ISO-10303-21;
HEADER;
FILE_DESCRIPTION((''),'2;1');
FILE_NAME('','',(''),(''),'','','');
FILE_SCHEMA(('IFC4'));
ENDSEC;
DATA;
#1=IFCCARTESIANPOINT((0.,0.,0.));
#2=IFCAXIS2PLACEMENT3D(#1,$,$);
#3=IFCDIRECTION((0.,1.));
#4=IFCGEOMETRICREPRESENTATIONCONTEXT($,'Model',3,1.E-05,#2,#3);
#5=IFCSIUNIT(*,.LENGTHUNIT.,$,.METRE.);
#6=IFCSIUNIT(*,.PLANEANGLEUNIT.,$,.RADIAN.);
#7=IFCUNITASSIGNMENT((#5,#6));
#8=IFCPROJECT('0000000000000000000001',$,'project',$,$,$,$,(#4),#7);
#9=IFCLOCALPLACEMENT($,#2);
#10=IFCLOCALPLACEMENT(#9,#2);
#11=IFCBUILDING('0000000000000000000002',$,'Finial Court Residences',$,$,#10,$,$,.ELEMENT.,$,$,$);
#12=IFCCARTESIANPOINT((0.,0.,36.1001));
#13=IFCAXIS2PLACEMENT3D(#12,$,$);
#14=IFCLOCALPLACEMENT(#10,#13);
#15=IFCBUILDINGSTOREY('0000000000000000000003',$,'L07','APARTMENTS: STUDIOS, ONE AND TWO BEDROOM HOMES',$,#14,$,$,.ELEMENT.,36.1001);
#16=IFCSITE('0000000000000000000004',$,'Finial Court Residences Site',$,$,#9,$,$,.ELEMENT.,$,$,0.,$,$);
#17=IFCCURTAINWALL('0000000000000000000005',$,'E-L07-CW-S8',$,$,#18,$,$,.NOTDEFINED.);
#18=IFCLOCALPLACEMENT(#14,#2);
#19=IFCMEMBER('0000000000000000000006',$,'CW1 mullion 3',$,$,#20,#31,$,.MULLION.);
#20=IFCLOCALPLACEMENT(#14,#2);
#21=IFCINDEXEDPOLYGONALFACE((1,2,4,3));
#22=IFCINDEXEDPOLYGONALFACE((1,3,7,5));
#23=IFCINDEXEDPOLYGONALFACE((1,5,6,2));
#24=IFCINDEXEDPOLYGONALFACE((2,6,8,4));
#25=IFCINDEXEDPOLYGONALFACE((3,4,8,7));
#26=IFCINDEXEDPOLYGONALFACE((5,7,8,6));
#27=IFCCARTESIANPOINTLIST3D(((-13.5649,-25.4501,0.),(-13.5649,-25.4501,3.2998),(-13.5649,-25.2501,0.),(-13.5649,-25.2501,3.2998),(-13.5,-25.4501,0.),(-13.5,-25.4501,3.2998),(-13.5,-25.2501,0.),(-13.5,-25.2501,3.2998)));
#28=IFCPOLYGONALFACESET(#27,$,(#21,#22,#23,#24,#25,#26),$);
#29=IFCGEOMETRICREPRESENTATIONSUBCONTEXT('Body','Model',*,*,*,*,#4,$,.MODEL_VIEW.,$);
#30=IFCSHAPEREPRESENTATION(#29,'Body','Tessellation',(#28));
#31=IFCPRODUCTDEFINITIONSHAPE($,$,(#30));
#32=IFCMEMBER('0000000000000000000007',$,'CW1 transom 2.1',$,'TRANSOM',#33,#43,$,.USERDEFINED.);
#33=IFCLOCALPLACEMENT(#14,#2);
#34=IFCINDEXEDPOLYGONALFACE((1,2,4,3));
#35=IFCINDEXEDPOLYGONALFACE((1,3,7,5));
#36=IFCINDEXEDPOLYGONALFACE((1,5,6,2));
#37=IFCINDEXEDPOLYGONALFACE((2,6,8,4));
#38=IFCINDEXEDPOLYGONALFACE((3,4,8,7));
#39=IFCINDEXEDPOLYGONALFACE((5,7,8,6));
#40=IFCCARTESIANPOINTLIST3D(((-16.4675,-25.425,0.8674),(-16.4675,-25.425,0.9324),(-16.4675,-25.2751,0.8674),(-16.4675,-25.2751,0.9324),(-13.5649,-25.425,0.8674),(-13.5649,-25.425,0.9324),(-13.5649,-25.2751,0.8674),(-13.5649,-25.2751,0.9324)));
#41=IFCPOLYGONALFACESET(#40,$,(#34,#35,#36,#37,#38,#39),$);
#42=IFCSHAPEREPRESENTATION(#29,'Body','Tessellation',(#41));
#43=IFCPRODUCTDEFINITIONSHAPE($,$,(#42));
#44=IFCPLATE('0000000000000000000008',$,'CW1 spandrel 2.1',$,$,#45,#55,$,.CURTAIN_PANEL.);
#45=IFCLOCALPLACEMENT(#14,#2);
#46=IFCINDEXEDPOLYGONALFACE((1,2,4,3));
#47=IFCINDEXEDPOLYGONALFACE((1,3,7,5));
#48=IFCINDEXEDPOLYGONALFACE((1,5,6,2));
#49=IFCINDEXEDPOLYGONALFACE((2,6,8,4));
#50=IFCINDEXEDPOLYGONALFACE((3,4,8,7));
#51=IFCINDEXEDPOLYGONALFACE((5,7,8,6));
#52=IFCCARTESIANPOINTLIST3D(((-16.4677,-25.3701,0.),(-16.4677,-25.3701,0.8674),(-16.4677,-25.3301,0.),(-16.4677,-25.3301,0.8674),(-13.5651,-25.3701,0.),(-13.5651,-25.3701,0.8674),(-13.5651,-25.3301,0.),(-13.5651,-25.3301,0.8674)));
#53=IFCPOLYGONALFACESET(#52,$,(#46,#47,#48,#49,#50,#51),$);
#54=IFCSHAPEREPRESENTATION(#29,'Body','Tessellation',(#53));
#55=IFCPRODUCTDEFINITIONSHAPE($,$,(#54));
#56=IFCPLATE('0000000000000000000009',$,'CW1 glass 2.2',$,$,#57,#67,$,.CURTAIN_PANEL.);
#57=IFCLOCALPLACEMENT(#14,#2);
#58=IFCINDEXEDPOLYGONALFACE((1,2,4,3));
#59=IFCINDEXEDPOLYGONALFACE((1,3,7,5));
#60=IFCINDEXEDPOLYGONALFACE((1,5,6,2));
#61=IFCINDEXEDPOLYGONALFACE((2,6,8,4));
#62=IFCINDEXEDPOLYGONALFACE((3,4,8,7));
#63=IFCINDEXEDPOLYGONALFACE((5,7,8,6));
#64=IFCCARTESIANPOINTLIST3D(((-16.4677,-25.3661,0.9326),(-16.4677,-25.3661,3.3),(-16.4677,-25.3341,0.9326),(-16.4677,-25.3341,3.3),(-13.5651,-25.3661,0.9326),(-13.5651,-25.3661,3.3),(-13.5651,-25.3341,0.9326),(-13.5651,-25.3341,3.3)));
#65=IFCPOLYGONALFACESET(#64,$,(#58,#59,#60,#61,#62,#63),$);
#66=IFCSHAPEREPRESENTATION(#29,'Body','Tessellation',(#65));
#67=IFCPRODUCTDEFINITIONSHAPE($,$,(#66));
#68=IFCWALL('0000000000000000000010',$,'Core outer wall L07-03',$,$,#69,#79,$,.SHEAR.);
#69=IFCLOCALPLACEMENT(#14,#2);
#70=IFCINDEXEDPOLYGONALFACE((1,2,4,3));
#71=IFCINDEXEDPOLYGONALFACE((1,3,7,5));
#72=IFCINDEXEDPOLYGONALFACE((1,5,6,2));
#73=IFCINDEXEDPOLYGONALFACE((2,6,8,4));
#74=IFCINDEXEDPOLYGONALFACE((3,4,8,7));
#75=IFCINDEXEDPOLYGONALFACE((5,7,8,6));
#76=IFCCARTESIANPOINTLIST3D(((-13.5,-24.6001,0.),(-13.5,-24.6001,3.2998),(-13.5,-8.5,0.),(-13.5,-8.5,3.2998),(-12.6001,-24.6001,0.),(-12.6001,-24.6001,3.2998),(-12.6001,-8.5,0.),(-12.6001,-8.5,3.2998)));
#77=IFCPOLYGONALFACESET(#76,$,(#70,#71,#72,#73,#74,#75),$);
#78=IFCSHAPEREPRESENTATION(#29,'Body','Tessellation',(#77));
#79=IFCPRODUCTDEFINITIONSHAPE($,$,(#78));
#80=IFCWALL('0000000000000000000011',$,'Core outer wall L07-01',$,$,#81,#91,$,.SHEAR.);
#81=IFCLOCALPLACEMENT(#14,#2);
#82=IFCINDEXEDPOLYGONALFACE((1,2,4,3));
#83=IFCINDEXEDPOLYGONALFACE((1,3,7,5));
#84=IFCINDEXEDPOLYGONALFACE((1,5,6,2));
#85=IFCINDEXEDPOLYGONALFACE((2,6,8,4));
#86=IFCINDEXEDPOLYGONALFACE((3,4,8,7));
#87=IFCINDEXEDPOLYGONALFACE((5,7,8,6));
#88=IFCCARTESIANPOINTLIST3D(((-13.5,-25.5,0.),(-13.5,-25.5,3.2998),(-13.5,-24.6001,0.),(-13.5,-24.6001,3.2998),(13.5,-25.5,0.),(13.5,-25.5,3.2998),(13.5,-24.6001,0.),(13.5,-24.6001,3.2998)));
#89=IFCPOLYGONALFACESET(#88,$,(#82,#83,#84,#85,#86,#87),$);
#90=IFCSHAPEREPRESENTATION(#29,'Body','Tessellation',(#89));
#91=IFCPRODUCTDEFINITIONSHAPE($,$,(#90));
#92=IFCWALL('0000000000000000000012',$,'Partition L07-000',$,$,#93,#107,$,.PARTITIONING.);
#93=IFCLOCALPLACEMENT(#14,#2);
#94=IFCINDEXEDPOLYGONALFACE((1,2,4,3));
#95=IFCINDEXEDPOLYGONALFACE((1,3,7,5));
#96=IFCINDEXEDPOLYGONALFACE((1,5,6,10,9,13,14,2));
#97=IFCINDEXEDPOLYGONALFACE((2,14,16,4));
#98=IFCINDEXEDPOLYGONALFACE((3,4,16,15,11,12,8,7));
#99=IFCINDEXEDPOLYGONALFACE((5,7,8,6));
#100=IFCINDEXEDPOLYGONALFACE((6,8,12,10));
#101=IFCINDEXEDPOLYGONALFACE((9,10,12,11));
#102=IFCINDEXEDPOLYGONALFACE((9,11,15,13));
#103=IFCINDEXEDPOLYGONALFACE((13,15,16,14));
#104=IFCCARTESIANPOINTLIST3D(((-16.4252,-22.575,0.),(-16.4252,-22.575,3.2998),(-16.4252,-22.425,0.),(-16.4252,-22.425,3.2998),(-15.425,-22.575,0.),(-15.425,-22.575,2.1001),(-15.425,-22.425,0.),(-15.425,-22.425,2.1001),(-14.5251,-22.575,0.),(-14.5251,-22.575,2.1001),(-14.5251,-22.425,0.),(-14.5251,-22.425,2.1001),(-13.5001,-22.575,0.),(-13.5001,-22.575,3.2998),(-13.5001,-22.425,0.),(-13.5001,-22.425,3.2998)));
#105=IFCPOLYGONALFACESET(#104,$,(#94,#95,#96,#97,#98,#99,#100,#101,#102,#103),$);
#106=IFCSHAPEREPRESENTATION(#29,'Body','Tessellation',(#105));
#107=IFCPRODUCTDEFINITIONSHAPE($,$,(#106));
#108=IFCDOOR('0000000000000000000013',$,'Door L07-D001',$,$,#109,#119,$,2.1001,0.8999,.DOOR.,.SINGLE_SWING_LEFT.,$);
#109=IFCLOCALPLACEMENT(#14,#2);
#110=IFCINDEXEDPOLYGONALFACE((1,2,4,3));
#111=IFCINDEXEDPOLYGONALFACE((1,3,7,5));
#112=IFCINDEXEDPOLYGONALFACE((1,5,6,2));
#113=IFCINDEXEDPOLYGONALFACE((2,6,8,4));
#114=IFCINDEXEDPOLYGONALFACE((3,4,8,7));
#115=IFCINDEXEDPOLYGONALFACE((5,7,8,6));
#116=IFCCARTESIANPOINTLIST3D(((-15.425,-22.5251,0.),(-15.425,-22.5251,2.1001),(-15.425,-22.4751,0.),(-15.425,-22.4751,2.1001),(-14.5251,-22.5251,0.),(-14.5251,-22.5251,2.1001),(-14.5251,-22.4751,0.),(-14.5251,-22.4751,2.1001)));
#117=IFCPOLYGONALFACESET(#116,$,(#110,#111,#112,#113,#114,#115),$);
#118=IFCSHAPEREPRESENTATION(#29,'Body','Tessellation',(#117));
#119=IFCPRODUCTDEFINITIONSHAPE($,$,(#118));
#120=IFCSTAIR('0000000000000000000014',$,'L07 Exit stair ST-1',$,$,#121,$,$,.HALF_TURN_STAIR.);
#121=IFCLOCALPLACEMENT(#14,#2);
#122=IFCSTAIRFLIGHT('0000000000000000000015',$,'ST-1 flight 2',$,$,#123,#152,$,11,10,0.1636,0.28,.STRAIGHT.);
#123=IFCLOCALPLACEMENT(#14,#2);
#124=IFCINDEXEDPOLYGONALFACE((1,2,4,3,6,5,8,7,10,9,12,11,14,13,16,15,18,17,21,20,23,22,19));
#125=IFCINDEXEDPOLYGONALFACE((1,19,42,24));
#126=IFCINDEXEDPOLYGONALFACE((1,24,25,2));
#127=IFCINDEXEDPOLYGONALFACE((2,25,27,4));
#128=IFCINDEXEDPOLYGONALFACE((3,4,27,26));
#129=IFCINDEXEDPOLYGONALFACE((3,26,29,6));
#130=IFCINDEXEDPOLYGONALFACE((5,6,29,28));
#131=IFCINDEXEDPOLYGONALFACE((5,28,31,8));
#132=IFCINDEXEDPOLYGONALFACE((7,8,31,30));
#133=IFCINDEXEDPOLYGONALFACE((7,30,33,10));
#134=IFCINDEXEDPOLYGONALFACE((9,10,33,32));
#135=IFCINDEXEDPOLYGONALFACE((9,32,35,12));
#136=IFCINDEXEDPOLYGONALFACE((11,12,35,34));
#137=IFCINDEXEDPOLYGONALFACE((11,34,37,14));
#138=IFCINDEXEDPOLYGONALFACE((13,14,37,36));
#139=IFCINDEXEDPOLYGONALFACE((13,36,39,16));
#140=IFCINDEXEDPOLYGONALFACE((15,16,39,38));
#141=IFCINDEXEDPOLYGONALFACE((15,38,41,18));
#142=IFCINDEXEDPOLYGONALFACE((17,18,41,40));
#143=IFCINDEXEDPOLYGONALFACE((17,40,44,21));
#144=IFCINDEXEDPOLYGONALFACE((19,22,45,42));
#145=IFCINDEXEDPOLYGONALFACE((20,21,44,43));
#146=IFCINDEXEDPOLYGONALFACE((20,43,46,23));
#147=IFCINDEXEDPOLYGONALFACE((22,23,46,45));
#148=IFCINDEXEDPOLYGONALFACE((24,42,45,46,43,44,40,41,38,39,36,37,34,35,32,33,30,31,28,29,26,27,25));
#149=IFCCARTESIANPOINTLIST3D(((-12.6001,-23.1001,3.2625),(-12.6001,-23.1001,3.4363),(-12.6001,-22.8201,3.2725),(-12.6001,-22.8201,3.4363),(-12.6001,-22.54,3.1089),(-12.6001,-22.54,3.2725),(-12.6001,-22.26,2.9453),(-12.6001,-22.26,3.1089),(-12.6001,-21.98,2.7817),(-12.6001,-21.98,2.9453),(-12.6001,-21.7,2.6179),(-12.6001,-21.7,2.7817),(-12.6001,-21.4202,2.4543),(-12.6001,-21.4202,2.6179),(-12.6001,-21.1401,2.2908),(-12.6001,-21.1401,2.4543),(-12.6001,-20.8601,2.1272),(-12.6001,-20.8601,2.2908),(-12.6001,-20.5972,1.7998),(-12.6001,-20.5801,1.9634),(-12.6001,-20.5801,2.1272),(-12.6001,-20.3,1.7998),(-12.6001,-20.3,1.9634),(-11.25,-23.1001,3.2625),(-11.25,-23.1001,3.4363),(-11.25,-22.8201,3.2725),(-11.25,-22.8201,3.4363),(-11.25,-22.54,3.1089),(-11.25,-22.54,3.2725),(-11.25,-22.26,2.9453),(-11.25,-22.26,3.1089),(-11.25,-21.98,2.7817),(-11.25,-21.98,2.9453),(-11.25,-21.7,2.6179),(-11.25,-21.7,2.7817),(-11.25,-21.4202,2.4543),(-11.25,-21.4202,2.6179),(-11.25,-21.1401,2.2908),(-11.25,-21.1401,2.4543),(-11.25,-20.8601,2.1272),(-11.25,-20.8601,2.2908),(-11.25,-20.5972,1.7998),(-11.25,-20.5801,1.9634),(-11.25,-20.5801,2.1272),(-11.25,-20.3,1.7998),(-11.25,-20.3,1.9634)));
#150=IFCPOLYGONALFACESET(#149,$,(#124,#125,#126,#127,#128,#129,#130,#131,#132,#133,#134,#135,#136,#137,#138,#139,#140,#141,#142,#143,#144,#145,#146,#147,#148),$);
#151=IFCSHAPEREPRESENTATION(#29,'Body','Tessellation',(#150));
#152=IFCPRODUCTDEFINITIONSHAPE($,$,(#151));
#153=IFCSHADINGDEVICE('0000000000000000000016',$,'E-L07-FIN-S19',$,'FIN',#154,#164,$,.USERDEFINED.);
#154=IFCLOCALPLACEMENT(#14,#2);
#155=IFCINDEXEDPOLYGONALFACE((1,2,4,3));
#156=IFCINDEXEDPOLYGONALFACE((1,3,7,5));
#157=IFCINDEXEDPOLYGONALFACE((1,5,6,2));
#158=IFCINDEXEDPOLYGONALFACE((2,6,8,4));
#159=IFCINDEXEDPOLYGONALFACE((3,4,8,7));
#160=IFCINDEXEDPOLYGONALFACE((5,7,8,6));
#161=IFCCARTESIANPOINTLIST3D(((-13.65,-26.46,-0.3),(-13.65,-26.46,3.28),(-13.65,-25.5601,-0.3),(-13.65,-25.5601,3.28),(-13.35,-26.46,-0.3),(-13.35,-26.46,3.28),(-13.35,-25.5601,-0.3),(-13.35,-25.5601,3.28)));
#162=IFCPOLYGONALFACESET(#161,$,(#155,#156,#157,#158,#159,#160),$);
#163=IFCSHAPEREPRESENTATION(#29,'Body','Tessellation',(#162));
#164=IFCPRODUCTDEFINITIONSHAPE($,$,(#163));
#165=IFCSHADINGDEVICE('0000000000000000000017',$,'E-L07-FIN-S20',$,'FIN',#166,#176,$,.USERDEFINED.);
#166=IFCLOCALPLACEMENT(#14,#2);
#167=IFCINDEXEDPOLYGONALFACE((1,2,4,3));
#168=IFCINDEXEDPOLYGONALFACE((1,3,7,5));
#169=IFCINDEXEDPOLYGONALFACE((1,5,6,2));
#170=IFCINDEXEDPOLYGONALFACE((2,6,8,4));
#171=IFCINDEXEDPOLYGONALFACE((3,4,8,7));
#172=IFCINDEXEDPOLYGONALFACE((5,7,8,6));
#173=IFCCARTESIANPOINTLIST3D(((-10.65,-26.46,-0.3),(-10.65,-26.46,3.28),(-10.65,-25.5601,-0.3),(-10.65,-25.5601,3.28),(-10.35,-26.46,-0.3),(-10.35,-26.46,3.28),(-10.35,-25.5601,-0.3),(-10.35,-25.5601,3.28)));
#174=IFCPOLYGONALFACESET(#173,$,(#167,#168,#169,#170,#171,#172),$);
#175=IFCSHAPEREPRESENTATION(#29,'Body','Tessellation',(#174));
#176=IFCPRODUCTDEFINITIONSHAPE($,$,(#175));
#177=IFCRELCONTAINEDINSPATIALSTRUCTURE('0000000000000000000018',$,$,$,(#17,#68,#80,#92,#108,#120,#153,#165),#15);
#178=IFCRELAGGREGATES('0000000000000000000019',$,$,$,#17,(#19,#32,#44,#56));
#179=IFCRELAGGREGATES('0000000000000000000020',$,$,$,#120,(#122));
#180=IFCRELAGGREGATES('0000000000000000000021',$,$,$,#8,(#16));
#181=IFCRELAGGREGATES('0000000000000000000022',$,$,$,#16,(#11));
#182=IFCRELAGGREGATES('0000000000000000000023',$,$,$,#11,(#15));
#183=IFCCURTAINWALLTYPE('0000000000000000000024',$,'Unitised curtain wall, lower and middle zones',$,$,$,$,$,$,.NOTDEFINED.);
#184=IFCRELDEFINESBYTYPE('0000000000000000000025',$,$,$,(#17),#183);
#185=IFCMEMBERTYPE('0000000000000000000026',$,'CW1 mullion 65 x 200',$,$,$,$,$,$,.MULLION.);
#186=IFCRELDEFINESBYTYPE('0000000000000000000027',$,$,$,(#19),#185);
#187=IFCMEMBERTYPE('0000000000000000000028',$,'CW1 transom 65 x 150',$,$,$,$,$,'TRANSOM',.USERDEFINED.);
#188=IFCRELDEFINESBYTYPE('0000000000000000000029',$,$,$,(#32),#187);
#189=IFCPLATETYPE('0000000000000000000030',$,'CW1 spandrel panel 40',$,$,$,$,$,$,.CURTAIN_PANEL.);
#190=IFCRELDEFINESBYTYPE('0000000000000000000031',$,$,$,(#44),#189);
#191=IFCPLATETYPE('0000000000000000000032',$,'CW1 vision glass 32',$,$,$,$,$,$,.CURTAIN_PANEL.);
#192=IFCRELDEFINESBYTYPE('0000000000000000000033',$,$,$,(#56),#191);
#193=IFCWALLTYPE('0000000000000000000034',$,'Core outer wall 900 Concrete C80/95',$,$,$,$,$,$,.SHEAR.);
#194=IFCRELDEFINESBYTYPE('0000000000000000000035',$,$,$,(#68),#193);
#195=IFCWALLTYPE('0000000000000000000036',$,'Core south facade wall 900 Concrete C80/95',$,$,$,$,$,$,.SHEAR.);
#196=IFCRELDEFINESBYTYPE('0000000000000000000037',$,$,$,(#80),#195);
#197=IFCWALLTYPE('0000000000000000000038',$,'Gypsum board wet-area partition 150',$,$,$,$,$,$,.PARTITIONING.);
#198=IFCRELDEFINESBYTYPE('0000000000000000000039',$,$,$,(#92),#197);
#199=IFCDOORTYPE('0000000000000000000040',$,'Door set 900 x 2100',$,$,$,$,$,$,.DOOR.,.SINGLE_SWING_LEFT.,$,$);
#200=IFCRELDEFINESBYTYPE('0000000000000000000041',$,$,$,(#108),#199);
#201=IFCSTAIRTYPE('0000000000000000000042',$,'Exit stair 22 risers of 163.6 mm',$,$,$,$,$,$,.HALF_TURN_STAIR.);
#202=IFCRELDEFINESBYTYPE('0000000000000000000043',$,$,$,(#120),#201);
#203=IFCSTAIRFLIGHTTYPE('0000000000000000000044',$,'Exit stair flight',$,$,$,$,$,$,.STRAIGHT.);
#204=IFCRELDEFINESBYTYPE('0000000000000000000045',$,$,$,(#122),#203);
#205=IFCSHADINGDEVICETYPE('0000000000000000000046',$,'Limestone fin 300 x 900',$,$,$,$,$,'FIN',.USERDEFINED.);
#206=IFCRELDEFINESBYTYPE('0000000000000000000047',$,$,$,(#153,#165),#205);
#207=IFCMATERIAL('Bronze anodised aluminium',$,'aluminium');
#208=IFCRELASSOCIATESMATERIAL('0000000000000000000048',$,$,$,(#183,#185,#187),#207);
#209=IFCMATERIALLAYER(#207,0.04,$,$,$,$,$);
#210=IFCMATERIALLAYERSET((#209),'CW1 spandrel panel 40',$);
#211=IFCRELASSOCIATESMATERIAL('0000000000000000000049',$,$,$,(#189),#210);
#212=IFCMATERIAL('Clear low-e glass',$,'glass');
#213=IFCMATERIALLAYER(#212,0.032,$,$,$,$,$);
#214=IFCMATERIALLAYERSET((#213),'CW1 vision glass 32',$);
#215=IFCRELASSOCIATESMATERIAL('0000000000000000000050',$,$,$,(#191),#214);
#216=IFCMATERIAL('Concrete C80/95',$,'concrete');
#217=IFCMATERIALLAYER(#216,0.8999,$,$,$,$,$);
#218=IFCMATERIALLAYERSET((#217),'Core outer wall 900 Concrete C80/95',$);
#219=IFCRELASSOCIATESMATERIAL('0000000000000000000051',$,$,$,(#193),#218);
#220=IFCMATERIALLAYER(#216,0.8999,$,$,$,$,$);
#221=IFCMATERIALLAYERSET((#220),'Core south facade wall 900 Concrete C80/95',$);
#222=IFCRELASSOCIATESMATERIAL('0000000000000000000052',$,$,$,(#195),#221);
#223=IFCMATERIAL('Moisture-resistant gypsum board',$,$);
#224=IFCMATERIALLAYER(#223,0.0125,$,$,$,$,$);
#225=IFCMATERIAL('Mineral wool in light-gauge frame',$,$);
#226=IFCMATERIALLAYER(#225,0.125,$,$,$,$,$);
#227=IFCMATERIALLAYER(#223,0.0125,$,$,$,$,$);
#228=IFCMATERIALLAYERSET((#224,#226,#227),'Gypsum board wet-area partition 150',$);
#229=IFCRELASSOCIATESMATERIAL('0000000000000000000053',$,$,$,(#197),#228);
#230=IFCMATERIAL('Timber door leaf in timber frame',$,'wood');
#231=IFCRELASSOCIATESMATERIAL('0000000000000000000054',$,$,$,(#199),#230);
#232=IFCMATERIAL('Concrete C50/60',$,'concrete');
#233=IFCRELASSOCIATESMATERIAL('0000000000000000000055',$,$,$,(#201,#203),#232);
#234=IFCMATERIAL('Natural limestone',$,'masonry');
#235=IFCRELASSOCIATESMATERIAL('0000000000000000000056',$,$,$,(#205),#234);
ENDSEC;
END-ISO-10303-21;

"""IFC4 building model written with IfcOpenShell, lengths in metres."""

from ifc_helpers import new_model, si_unit, direction, frame, frame_2d, origin, origin_2d, place, context, subcontext, project, spatial, polyline, rectangle, outline, extrude, material, layer, layer_set, material_profile, profile_set, type_object, element, fill, aggregate, save


model = new_model("IFC4")

# Units and contexts
model_context = context("Model", 3, precision=1e-05, world=origin(), true_north=direction((0.0, 1.0)))
body_context = subcontext(model_context, "Body", "Model", "MODEL_VIEW")
ifc_project = project(units=[si_unit("LENGTHUNIT", "METRE"), si_unit("PLANEANGLEUNIT", "RADIAN")], contexts=[model_context])

# Site, building, storey
site_placement = place(None, origin())
site = spatial("IfcSite", under=ifc_project, at=site_placement, Name="Finial Court Residences Site", CompositionType="ELEMENT", RefElevation=0.0)
building_placement = place(site_placement, origin())
building = spatial("IfcBuilding", under=site, at=building_placement, Name="Finial Court Residences", CompositionType="ELEMENT")
storey_placement = place(building_placement, frame((0.0, 0.0, 36.1001)))
storey = spatial("IfcBuildingStorey", under=building, at=storey_placement, Name="L07", Description="APARTMENTS: STUDIOS, ONE AND TWO BEDROOM HOMES", CompositionType="ELEMENT", Elevation=36.1001)

# Curtain wall, members, plates
ifc_material_1 = material(Name="Bronze anodised aluminium", Category="aluminium")
curtain_wall_type = type_object("IfcCurtainWallType", Name="Unitised curtain wall, lower and middle zones", PredefinedType="NOTDEFINED", material=ifc_material_1)
curtain_wall_placement = place(storey_placement, origin())
curtain_wall = element("IfcCurtainWall", 1, at=curtain_wall_placement, inside=storey, type_object=curtain_wall_type, Name="E-L07-CW-S8", PredefinedType="NOTDEFINED")
ifc_material_profile_1 = material_profile(ifc_material_1, rectangle(XDim=0.2, YDim=0.0649, at=origin_2d()), Name="CW1 mullion 65 x 200")
ifc_profile_set_1 = profile_set([ifc_material_profile_1], Name="Bronze anodised aluminium")
member_type_1 = type_object("IfcMemberType", Name="CW1 mullion 65 x 200", PredefinedType="MULLION", material=ifc_profile_set_1)
member_1_placement = place(storey_placement, frame((-13.5325, -25.3501, 0.0), z_axis=(0.0, 0.0, 1.0), x_axis=(0.0, 1.0, 0.0)))
member_1 = element("IfcMember", 2, at=member_1_placement, type_object=member_type_1, Name="CW1 mullion 3", PredefinedType="MULLION", context=body_context, shape_type="SweptSolid", body=[
    extrude(rectangle(XDim=0.2, YDim=0.0649, at=origin_2d()), origin(), (0.0, 0.0, 1.0), 3.2998),
])
ifc_material_profile_2 = material_profile(ifc_material_1, rectangle(XDim=0.1499, YDim=0.0649, at=origin_2d()), Name="CW1 transom 65 x 150")
ifc_profile_set_2 = profile_set([ifc_material_profile_2], Name="Bronze anodised aluminium")
member_type_2 = type_object("IfcMemberType", Name="CW1 transom 65 x 150", ElementType="TRANSOM", PredefinedType="USERDEFINED", material=ifc_profile_set_2)
member_2_placement = place(storey_placement, frame((-16.4675, -25.3501, 0.8999), z_axis=(1.0, 0.0, 0.0), x_axis=(0.0, 1.0, 0.0)))
member_2 = element("IfcMember", 3, at=member_2_placement, type_object=member_type_2, Name="CW1 transom 2.1", ObjectType="TRANSOM", PredefinedType="USERDEFINED", context=body_context, shape_type="SweptSolid", body=[
    extrude(rectangle(XDim=0.1499, YDim=0.0649, at=origin_2d()), origin(), (0.0, 0.0, 1.0), 2.9026),
])
ifc_layer_1 = layer(ifc_material_1, 0.04)
ifc_layer_set_1 = layer_set([ifc_layer_1], Name="CW1 spandrel panel 40")
plate_type_1 = type_object("IfcPlateType", Name="CW1 spandrel panel 40", PredefinedType="CURTAIN_PANEL", material=ifc_layer_set_1)
plate_1_placement = place(storey_placement, frame((-15.0164, -25.3501, 0.0), z_axis=(0.0, 0.0, 1.0), x_axis=(1.0, 0.0, 0.0)))
plate_1 = element("IfcPlate", 4, at=plate_1_placement, type_object=plate_type_1, Name="CW1 spandrel 2.1", PredefinedType="CURTAIN_PANEL", context=body_context, shape_type="SweptSolid", body=[
    extrude(rectangle(XDim=2.9026, YDim=0.04, at=origin_2d()), origin(), (0.0, 0.0, 1.0), 0.8674),
])
ifc_material_2 = material(Name="Clear low-e glass", Category="glass")
ifc_layer_2 = layer(ifc_material_2, 0.032)
ifc_layer_set_2 = layer_set([ifc_layer_2], Name="CW1 vision glass 32")
plate_type_2 = type_object("IfcPlateType", Name="CW1 vision glass 32", PredefinedType="CURTAIN_PANEL", material=ifc_layer_set_2)
plate_2_placement = place(storey_placement, frame((-15.0164, -25.3501, 0.9326), z_axis=(0.0, 0.0, 1.0), x_axis=(1.0, 0.0, 0.0)))
plate_2 = element("IfcPlate", 5, at=plate_2_placement, type_object=plate_type_2, Name="CW1 glass 2.2", PredefinedType="CURTAIN_PANEL", context=body_context, shape_type="SweptSolid", body=[
    extrude(rectangle(XDim=2.9026, YDim=0.032, at=origin_2d()), origin(), (0.0, 0.0, 1.0), 2.3674),
])
aggregate(curtain_wall, [member_1, member_2, plate_1, plate_2])

# Walls
ifc_material_3 = material(Name="Concrete C80/95", Category="concrete")
ifc_layer_3 = layer(ifc_material_3, 0.8999)
ifc_layer_set_3 = layer_set([ifc_layer_3], Name="Core outer wall 900 Concrete C80/95")
wall_type_1 = type_object("IfcWallType", Name="Core outer wall 900 Concrete C80/95", PredefinedType="SHEAR", material=ifc_layer_set_3)
wall_1_placement = place(storey_placement, frame((-13.05, -24.6001, 0.0), z_axis=(0.0, 0.0, 1.0), x_axis=(0.0, 1.0, 0.0)))
element("IfcWall", 6, at=wall_1_placement, inside=storey, type_object=wall_type_1, Name="Core outer wall L07-03", PredefinedType="SHEAR", context=body_context, shape_type="SweptSolid", body=[
    extrude(rectangle(XDim=16.1001, YDim=0.8999, at=frame_2d((8.05, 0.0))), origin(), (0.0, 0.0, 1.0), 3.2998),
])
ifc_layer_4 = layer(ifc_material_3, 0.8999)
ifc_layer_set_4 = layer_set([ifc_layer_4], Name="Core south facade wall 900 Concrete C80/95")
wall_type_2 = type_object("IfcWallType", Name="Core south facade wall 900 Concrete C80/95", PredefinedType="SHEAR", material=ifc_layer_set_4)
wall_2_placement = place(storey_placement, frame((-13.5, -25.05, 0.0), z_axis=(0.0, 0.0, 1.0), x_axis=(1.0, 0.0, 0.0)))
element("IfcWall", 7, at=wall_2_placement, inside=storey, type_object=wall_type_2, Name="Core outer wall L07-01", PredefinedType="SHEAR", context=body_context, shape_type="SweptSolid", body=[
    extrude(rectangle(XDim=27.0, YDim=0.8999, at=frame_2d((13.5, 0.0))), origin(), (0.0, 0.0, 1.0), 3.2998),
])

# Wall, opening, door
ifc_material_4 = material(Name="Moisture-resistant gypsum board")
ifc_layer_5 = layer(ifc_material_4, 0.0125)
ifc_material_5 = material(Name="Mineral wool in light-gauge frame")
ifc_layer_6 = layer(ifc_material_5, 0.125)
ifc_layer_7 = layer(ifc_material_4, 0.0125)
ifc_layer_set_5 = layer_set([ifc_layer_5, ifc_layer_6, ifc_layer_7], Name="Gypsum board wet-area partition 150")
wall_type_3 = type_object("IfcWallType", Name="Gypsum board wet-area partition 150", PredefinedType="PARTITIONING", material=ifc_layer_set_5)
wall_3_placement = place(storey_placement, frame((-16.425, -22.5, 0.0), z_axis=(0.0, 0.0, 1.0), x_axis=(1.0, 0.0, 0.0)))
wall_3 = element("IfcWall", 8, at=wall_3_placement, inside=storey, type_object=wall_type_3, Name="Partition L07-000", PredefinedType="PARTITIONING", context=body_context, shape_type="SweptSolid", body=[
    extrude(rectangle(XDim=2.925, YDim=0.1499, at=frame_2d((1.4624, 0.0))), origin(), (0.0, 0.0, 1.0), 3.2998),
])
opening_placement = place(wall_3_placement, frame((1.0, 0.0, 0.0)))
opening = element("IfcOpeningElement", 9, at=opening_placement, cuts=wall_3, PredefinedType="OPENING", context=body_context, shape_type="SweptSolid", body=[
    extrude(rectangle(XDim=0.8999, YDim=2.1001, at=frame_2d((0.45, 1.05))), frame((0.0, 0.085, 0.0), z_axis=(0.0, -1.0, 0.0), x_axis=(1.0, 0.0, 0.0)), (0.0, 0.0, 1.0), 0.1699),
])
ifc_material_6 = material(Name="Timber door leaf in timber frame", Category="wood")
door_type = type_object("IfcDoorType", Name="Door set 900 x 2100", OperationType="SINGLE_SWING_LEFT", PredefinedType="DOOR", material=ifc_material_6)
door_placement = place(opening_placement, origin())
door = element("IfcDoor", 10, at=door_placement, inside=storey, type_object=door_type, Name="Door L07-D001", OperationType="SINGLE_SWING_LEFT", OverallHeight=2.1001, OverallWidth=0.8999, PredefinedType="DOOR", context=body_context, shape_type="SweptSolid", body=[
    extrude(rectangle(XDim=0.8999, YDim=2.1001, at=frame_2d((0.45, 1.05))), frame((0.0, 0.0249, 0.0), z_axis=(0.0, -1.0, 0.0), x_axis=(1.0, 0.0, 0.0)), (0.0, 0.0, 1.0), 0.05),
])
fill(opening, door)

# Stair, stair flight
ifc_material_7 = material(Name="Concrete C50/60", Category="concrete")
stair_type = type_object("IfcStairType", Name="Exit stair 22 risers of 163.6 mm", PredefinedType="HALF_TURN_STAIR", material=ifc_material_7)
stair_placement = place(storey_placement, origin())
stair = element("IfcStair", 11, at=stair_placement, inside=storey, type_object=stair_type, Name="L07 Exit stair ST-1", PredefinedType="HALF_TURN_STAIR")
stair_flight_type = type_object("IfcStairFlightType", Name="Exit stair flight", PredefinedType="STRAIGHT", material=ifc_material_7)
stair_flight_placement = place(storey_placement, frame((-11.925, -20.3, 1.7998), z_axis=(0.0, 0.0, 1.0), x_axis=(0.0, -1.0, 0.0)))
stair_flight = element("IfcStairFlight", 12, at=stair_flight_placement, type_object=stair_flight_type, Name="ST-1 flight 2", NumberOfRisers=11, NumberOfTreads=10, PredefinedType="STRAIGHT", RiserHeight=0.1636, TreadLength=0.28, context=body_context, shape_type="SweptSolid", body=[
    extrude(outline(polyline([(0.0, 0.0), (0.0, 0.1636), (0.28, 0.1636), (0.28, 0.3274), (0.5601, 0.3274), (0.5601, 0.491), (0.8401, 0.491), (0.8401, 0.6545), (1.1201, 0.6545), (1.1201, 0.8181), (1.3999, 0.8181), (1.3999, 0.9819), (1.6799, 0.9819), (1.6799, 1.1455), (1.96, 1.1455), (1.96, 1.3091), (2.24, 1.3091), (2.24, 1.4727), (2.52, 1.4727), (2.52, 1.6365), (2.8, 1.6365), (2.8, 1.8), (2.8, 1.4626), (0.2971, 0.0), (0.0, 0.0)])), frame((0.0, 0.675, 0.0), z_axis=(0.0, -1.0, 0.0), x_axis=(1.0, 0.0, 0.0)), (0.0, 0.0, 1.0), 1.3501),
])
aggregate(stair, [stair_flight])

# Shading devices
ifc_material_8 = material(Name="Natural limestone", Category="masonry")
shading_device_type = type_object("IfcShadingDeviceType", Name="Limestone fin 300 x 900", ElementType="FIN", PredefinedType="USERDEFINED", material=ifc_material_8)
for number, where, z_axis, x_axis, name in (
    (13, (-13.5, -26.01, -0.3), (0.0, 0.0, 1.0), (1.0, 0.0, 0.0), "E-L07-FIN-S19"),
    (14, (-10.5, -26.01, -0.3), (0.0, 0.0, 1.0), (1.0, 0.0, 0.0), "E-L07-FIN-S20"),
):
    element("IfcShadingDevice", number, at=place(storey_placement, frame(where, z_axis=z_axis, x_axis=x_axis)), inside=storey, type_object=shading_device_type, Name=name, ObjectType="FIN", PredefinedType="USERDEFINED", context=body_context, shape_type="SweptSolid", body=[
        extrude(rectangle(XDim=0.3, YDim=0.8999, at=origin_2d()), origin(), (0.0, 0.0, 1.0), 3.5801),
    ])

save(model, "model.ifc")
